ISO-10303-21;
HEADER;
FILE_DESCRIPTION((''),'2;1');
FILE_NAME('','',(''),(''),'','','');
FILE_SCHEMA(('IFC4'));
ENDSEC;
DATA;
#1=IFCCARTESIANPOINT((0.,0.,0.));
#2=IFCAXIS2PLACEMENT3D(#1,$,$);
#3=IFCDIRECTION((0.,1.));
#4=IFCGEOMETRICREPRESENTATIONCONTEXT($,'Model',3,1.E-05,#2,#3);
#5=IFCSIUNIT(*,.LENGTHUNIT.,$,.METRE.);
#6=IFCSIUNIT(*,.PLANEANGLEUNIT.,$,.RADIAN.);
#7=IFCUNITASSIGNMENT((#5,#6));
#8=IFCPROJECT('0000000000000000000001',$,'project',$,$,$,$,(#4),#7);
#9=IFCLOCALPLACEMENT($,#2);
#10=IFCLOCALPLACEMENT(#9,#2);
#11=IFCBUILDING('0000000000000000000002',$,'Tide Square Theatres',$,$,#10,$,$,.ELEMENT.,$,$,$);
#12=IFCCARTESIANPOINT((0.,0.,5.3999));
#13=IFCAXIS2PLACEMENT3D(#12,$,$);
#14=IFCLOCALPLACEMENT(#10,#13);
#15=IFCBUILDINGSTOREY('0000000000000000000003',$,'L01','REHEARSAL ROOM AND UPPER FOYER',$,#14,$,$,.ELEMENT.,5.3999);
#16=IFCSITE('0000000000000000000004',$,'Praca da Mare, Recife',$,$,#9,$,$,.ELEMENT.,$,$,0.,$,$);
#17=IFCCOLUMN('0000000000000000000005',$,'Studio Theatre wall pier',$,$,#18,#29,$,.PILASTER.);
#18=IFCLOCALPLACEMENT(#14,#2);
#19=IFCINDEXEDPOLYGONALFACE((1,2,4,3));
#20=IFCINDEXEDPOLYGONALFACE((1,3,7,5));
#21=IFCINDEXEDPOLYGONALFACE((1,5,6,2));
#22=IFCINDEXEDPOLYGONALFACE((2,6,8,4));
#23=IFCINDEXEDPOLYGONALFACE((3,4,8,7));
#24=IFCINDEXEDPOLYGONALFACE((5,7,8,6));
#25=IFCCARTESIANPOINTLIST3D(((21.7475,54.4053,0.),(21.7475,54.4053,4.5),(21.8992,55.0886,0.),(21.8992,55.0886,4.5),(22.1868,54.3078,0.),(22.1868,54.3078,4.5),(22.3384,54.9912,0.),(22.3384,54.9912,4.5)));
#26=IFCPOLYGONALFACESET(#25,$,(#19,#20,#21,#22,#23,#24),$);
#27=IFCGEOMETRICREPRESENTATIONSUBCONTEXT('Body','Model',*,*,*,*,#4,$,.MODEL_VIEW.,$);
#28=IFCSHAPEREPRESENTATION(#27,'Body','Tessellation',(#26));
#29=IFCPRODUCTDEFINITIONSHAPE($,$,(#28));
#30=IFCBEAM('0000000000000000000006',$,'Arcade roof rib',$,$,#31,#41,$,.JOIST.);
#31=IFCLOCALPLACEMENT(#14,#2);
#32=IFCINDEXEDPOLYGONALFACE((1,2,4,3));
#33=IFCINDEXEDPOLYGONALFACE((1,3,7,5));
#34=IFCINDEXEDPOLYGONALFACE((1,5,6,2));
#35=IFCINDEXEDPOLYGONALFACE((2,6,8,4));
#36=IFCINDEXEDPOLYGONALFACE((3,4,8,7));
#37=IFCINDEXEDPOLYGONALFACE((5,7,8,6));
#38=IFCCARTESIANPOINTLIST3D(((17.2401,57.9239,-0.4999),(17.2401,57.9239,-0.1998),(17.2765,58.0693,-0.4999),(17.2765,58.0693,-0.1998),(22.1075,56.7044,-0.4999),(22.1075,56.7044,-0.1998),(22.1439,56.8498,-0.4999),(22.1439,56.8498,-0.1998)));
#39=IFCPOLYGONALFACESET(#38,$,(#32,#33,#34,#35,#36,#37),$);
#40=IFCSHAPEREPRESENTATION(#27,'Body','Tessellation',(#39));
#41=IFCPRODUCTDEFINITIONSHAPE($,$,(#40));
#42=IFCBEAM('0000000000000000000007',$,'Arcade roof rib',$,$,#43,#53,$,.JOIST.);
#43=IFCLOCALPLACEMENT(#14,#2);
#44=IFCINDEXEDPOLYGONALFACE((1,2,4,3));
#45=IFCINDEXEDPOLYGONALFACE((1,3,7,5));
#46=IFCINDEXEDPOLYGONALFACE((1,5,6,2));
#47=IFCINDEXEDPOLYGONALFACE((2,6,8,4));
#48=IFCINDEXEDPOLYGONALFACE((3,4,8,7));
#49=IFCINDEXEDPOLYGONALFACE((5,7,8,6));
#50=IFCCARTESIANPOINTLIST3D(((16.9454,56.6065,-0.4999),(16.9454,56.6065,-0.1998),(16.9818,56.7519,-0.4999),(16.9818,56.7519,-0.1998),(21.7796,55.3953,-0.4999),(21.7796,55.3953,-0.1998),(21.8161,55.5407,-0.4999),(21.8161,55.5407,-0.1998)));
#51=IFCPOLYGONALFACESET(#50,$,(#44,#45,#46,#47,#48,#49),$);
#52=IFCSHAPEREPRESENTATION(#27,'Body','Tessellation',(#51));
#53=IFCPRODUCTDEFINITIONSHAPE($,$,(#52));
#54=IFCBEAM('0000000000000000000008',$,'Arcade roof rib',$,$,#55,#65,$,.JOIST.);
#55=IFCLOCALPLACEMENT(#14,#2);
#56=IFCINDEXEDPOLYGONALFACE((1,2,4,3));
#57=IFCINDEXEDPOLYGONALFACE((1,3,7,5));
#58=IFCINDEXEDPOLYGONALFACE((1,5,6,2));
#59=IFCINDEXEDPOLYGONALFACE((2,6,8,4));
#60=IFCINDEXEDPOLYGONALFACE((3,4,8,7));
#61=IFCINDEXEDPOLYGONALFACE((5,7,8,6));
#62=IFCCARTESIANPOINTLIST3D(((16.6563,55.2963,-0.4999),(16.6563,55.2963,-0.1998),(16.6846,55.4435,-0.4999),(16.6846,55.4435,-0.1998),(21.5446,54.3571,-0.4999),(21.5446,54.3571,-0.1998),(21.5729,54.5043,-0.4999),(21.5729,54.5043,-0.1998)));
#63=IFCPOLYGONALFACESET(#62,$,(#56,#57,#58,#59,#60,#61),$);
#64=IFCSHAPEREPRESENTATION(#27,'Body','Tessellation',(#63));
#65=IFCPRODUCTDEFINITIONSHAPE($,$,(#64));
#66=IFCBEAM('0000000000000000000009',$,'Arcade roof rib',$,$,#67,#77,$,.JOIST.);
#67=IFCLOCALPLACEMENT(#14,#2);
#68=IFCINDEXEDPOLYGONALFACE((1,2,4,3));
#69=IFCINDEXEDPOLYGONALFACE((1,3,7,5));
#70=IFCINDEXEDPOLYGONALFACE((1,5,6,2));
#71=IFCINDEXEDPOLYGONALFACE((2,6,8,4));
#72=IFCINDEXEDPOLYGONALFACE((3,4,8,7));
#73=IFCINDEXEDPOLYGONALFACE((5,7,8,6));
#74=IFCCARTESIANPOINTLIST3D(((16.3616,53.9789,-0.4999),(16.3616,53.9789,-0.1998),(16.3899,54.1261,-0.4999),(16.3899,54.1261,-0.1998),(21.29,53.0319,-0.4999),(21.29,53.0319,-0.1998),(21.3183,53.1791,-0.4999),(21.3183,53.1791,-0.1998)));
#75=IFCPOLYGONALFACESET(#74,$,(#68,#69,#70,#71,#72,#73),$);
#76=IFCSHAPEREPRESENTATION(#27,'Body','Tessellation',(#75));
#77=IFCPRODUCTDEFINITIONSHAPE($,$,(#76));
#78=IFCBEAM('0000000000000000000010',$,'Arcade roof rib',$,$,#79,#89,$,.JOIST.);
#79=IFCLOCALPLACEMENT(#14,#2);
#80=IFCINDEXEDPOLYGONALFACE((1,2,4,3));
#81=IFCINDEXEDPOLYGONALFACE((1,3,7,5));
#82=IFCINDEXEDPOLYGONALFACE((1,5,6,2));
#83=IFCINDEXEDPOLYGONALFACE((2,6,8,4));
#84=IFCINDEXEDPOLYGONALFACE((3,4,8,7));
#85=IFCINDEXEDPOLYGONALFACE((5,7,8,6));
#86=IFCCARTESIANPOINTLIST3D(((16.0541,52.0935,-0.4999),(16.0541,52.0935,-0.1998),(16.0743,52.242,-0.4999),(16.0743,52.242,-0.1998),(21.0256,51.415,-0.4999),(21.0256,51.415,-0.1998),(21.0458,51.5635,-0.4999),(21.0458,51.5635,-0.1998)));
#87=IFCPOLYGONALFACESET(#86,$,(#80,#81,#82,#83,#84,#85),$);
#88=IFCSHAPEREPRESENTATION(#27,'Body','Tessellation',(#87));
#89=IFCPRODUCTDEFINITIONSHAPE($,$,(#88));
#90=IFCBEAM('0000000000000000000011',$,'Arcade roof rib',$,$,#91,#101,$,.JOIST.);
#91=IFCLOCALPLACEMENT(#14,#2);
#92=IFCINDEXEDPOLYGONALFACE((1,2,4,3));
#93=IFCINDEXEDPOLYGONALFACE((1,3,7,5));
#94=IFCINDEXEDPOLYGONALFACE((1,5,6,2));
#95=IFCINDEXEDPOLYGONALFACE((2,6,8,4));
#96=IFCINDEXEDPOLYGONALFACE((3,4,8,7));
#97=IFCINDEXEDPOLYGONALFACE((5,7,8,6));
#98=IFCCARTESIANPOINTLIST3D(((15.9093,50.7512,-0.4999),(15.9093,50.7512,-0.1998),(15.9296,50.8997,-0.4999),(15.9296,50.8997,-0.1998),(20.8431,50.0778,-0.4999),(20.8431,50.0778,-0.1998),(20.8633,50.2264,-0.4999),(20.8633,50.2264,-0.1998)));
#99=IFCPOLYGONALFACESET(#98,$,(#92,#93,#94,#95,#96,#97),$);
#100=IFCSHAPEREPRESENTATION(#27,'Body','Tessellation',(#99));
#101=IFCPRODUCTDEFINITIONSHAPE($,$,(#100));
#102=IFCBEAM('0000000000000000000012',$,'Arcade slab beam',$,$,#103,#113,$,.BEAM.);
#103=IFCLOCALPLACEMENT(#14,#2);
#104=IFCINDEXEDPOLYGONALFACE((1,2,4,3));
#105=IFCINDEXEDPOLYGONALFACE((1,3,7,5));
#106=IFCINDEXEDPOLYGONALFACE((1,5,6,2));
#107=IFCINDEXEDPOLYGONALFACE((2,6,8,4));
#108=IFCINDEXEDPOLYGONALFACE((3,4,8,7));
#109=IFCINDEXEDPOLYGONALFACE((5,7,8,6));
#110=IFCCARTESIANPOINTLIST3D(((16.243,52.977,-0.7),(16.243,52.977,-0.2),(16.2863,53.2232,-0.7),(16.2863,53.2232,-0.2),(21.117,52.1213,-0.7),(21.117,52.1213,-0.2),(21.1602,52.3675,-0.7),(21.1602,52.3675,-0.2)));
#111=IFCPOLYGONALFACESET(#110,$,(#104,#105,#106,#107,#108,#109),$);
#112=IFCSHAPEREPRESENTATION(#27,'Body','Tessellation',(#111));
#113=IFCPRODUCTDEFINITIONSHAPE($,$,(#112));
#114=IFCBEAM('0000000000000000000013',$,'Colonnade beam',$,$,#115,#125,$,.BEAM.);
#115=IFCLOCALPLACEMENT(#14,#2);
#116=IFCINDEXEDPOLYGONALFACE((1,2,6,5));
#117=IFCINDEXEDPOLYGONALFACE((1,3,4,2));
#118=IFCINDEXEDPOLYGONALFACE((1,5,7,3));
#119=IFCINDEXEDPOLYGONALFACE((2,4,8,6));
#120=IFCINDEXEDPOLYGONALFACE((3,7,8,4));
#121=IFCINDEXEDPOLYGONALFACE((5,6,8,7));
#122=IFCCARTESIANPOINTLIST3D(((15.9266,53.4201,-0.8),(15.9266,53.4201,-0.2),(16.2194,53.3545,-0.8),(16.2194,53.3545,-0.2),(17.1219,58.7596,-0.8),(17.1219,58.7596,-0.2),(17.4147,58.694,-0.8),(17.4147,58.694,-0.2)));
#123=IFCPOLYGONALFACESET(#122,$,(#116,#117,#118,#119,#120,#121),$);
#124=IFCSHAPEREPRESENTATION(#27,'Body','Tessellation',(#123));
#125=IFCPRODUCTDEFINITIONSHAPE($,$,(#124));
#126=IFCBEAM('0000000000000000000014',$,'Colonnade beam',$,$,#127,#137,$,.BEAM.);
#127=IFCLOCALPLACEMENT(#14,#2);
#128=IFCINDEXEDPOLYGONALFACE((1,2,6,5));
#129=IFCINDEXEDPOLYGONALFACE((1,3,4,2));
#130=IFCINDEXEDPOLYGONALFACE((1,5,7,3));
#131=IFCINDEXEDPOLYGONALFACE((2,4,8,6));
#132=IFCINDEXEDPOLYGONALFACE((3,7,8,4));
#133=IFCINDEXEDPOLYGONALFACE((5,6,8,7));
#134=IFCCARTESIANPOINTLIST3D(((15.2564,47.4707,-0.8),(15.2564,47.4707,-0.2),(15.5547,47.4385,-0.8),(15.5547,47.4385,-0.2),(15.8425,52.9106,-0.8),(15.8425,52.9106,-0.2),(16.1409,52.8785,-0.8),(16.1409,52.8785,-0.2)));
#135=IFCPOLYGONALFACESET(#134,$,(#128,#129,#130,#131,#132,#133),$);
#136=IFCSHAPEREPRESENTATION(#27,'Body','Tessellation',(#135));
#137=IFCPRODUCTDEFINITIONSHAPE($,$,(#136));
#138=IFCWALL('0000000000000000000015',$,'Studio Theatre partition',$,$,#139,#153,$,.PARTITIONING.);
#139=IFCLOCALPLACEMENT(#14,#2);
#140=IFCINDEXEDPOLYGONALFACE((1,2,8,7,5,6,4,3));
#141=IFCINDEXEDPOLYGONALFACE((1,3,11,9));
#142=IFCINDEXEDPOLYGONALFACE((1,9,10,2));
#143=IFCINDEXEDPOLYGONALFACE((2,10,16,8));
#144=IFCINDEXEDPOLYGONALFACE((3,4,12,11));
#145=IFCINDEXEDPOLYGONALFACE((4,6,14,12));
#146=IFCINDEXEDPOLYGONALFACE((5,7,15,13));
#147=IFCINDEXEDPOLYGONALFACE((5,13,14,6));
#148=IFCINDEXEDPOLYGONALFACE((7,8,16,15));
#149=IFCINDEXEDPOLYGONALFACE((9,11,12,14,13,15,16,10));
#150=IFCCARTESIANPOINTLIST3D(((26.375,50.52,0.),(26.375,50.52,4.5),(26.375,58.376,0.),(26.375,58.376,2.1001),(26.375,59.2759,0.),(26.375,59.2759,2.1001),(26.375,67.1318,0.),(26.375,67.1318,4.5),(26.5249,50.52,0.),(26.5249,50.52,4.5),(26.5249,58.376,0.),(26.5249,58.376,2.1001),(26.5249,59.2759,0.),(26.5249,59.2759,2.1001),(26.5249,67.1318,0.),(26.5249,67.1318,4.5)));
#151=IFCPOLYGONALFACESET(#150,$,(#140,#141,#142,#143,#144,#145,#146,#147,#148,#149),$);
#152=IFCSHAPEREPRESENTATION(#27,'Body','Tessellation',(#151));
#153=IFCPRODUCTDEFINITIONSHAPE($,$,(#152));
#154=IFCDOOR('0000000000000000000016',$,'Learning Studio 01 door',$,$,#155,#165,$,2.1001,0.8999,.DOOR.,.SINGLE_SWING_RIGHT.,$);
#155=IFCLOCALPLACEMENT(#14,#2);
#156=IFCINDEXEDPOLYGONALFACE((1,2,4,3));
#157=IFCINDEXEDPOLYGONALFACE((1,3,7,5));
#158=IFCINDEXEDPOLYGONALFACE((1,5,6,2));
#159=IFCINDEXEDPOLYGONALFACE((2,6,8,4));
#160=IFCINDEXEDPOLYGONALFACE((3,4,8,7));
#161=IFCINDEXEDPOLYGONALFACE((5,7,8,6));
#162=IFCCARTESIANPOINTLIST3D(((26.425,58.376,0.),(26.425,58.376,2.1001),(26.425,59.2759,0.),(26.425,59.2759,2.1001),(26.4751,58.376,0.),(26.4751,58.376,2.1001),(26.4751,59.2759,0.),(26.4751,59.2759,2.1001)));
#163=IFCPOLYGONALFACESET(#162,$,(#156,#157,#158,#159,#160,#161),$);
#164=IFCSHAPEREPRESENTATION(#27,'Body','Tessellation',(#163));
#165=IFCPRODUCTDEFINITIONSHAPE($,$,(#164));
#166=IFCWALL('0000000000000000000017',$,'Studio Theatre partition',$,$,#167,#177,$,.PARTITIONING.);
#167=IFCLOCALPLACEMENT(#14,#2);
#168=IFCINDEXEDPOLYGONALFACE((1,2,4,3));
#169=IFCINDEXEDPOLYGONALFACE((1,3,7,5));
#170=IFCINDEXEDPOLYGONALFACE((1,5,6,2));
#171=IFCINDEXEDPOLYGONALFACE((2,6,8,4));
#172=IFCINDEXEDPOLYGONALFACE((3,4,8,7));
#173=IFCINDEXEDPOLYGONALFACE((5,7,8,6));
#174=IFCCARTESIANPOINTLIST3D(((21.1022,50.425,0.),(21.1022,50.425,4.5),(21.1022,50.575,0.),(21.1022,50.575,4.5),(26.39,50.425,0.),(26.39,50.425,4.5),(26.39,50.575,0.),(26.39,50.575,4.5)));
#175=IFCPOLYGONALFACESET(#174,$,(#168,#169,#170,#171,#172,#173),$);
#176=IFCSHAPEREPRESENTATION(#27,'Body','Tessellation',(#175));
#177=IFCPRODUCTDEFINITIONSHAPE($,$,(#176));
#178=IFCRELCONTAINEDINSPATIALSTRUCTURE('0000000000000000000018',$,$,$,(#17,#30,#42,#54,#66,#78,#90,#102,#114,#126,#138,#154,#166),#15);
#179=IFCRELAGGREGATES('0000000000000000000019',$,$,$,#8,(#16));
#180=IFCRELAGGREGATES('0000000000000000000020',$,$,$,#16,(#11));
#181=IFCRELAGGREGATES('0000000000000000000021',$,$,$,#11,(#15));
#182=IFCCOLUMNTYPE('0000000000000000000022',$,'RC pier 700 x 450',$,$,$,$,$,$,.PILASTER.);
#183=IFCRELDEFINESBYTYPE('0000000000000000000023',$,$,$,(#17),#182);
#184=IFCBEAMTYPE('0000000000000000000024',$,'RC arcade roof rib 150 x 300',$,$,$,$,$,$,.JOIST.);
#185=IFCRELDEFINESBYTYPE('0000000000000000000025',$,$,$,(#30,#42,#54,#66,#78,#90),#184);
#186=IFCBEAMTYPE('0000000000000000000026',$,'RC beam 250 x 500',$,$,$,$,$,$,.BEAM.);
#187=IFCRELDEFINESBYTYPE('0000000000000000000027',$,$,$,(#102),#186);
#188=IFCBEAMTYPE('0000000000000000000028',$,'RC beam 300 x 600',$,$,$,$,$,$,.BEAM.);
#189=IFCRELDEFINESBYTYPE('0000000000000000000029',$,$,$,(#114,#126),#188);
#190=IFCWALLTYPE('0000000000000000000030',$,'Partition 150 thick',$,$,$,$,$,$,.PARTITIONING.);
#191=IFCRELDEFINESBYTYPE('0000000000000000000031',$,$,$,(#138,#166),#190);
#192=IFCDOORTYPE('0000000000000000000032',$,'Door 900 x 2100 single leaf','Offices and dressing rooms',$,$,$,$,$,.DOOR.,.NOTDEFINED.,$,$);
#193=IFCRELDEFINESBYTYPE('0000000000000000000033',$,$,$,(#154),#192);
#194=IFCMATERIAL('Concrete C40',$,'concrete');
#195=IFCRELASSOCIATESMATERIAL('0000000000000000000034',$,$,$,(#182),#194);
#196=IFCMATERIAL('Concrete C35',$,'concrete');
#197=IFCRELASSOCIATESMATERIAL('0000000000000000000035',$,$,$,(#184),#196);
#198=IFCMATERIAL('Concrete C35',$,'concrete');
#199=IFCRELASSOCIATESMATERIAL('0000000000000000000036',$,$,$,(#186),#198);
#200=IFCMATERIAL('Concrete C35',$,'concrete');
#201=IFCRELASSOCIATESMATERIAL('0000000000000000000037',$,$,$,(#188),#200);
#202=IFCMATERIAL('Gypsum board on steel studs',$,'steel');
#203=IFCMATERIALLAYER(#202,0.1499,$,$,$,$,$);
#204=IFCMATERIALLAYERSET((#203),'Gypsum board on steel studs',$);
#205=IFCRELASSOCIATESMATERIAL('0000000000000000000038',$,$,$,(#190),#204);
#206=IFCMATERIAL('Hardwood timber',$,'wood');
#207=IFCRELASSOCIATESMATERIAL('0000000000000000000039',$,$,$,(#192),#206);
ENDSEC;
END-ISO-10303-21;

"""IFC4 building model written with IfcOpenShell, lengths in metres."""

from ifc_helpers import new_model, si_unit, direction, frame, frame_2d, origin, origin_2d, place, context, subcontext, project, spatial, rectangle, extrude, material, layer, layer_set, material_profile, profile_set, type_object, element, fill, save


model = new_model("IFC4")

# Units and contexts
model_context = context("Model", 3, precision=1e-05, world=origin(), true_north=direction((0.0, 1.0)))
body_context = subcontext(model_context, "Body", "Model", "MODEL_VIEW")
ifc_project = project(units=[si_unit("LENGTHUNIT", "METRE"), si_unit("PLANEANGLEUNIT", "RADIAN")], contexts=[model_context])

# Site, building, storey
site_placement = place(None, origin())
site = spatial("IfcSite", under=ifc_project, at=site_placement, Name="Praca da Mare, Recife", CompositionType="ELEMENT", RefElevation=0.0)
building_placement = place(site_placement, origin())
building = spatial("IfcBuilding", under=site, at=building_placement, Name="Tide Square Theatres", CompositionType="ELEMENT")
storey_placement = place(building_placement, frame((0.0, 0.0, 5.3999)))
storey = spatial("IfcBuildingStorey", under=building, at=storey_placement, Name="L01", Description="REHEARSAL ROOM AND UPPER FOYER", CompositionType="ELEMENT", Elevation=5.3999)

# Column
ifc_material_1 = material(Name="Concrete C40", Category="concrete")
ifc_material_profile_1 = material_profile(ifc_material_1, rectangle(XDim=0.7, YDim=0.45, at=origin_2d()))
ifc_profile_set_1 = profile_set([ifc_material_profile_1], Name="Concrete C40")
column_type = type_object("IfcColumnType", Name="RC pier 700 x 450", PredefinedType="PILASTER", material=ifc_profile_set_1)
column_placement = place(storey_placement, frame((22.043, 54.6982, 0.0), z_axis=(0.0, 0.0, 1.0), x_axis=(-0.216641, -0.976251, 0.0)))
element("IfcColumn", 1, at=column_placement, inside=storey, type_object=column_type, Name="Studio Theatre wall pier", PredefinedType="PILASTER", context=body_context, shape_type="SweptSolid", body=[
    extrude(rectangle(XDim=0.7, YDim=0.45, at=origin_2d()), origin(), (0.0, 0.0, 1.0), 4.5),
])

# Beams
ifc_material_2 = material(Name="Concrete C35", Category="concrete")
ifc_material_profile_2 = material_profile(ifc_material_2, rectangle(XDim=0.1499, YDim=0.3, at=origin_2d()))
ifc_profile_set_2 = profile_set([ifc_material_profile_2], Name="Concrete C35")
beam_type_1 = type_object("IfcBeamType", Name="RC arcade roof rib 150 x 300", PredefinedType="JOIST", material=ifc_profile_set_2)
beam_1_placement = place(storey_placement, frame((17.2583, 57.9966, -0.3499), z_axis=(0.970019, -0.243028, 0.0), x_axis=(0.243028, 0.970019, 0.0)))
element("IfcBeam", 2, at=beam_1_placement, inside=storey, type_object=beam_type_1, Name="Arcade roof rib", PredefinedType="JOIST", context=body_context, shape_type="SweptSolid", body=[
    extrude(rectangle(XDim=0.1499, YDim=0.3, at=origin_2d()), origin(), (0.0, 0.0, 1.0), 5.0178),
])
beam_2_placement = place(storey_placement, frame((16.9636, 56.6792, -0.3499), z_axis=(0.970018, -0.243031, 0.0), x_axis=(0.243031, 0.970018, 0.0)))
element("IfcBeam", 3, at=beam_2_placement, inside=storey, type_object=beam_type_1, Name="Arcade roof rib", PredefinedType="JOIST", context=body_context, shape_type="SweptSolid", body=[
    extrude(rectangle(XDim=0.1499, YDim=0.3, at=origin_2d()), origin(), (0.0, 0.0, 1.0), 4.9836),
])
beam_3_placement = place(storey_placement, frame((16.6704, 55.3699, -0.3499), z_axis=(0.982039, -0.188678, 0.0), x_axis=(0.188678, 0.982039, 0.0)))
element("IfcBeam", 4, at=beam_3_placement, inside=storey, type_object=beam_type_1, Name="Arcade roof rib", PredefinedType="JOIST", context=body_context, shape_type="SweptSolid", body=[
    extrude(rectangle(XDim=0.1499, YDim=0.3, at=origin_2d()), origin(), (0.0, 0.0, 1.0), 4.9778),
])
beam_4_placement = place(storey_placement, frame((16.3757, 54.0525, -0.3499), z_axis=(0.982035, -0.188701, 0.0), x_axis=(0.188701, 0.982035, 0.0)))
element("IfcBeam", 5, at=beam_4_placement, inside=storey, type_object=beam_type_1, Name="Arcade roof rib", PredefinedType="JOIST", context=body_context, shape_type="SweptSolid", body=[
    extrude(rectangle(XDim=0.1499, YDim=0.3, at=origin_2d()), origin(), (0.0, 0.0, 1.0), 5.0186),
])
beam_5_placement = place(storey_placement, frame((16.0642, 52.1677, -0.3499), z_axis=(0.990816, -0.13522, 0.0), x_axis=(0.13522, 0.990816, 0.0)))
element("IfcBeam", 6, at=beam_5_placement, inside=storey, type_object=beam_type_1, Name="Arcade roof rib", PredefinedType="JOIST", context=body_context, shape_type="SweptSolid", body=[
    extrude(rectangle(XDim=0.1499, YDim=0.3, at=origin_2d()), origin(), (0.0, 0.0, 1.0), 5.0176),
])
beam_6_placement = place(storey_placement, frame((15.9194, 50.8254, -0.3499), z_axis=(0.990816, -0.13522, 0.0), x_axis=(0.13522, 0.990816, 0.0)))
element("IfcBeam", 7, at=beam_6_placement, inside=storey, type_object=beam_type_1, Name="Arcade roof rib", PredefinedType="JOIST", context=body_context, shape_type="SweptSolid", body=[
    extrude(rectangle(XDim=0.1499, YDim=0.3, at=origin_2d()), origin(), (0.0, 0.0, 1.0), 4.9795),
])
ifc_material_3 = material(Name="Concrete C35", Category="concrete")
ifc_material_profile_3 = material_profile(ifc_material_3, rectangle(XDim=0.25, YDim=0.5, at=origin_2d()))
ifc_profile_set_3 = profile_set([ifc_material_profile_3], Name="Concrete C35")
beam_type_2 = type_object("IfcBeamType", Name="RC beam 250 x 500", PredefinedType="BEAM", material=ifc_profile_set_3)
beam_7_placement = place(storey_placement, frame((16.2646, 53.1001, -0.45), z_axis=(0.984936, -0.172921, 0.0), x_axis=(0.172921, 0.984936, 0.0)))
element("IfcBeam", 8, at=beam_7_placement, inside=storey, type_object=beam_type_2, Name="Arcade slab beam", PredefinedType="BEAM", context=body_context, shape_type="SweptSolid", body=[
    extrude(rectangle(XDim=0.25, YDim=0.5, at=origin_2d()), origin(), (0.0, 0.0, 1.0), 4.9485),
])
ifc_material_4 = material(Name="Concrete C35", Category="concrete")
ifc_material_profile_4 = material_profile(ifc_material_4, rectangle(XDim=0.3, YDim=0.6001, at=origin_2d()))
ifc_profile_set_4 = profile_set([ifc_material_profile_4], Name="Concrete C35")
beam_type_3 = type_object("IfcBeamType", Name="RC beam 300 x 600", PredefinedType="BEAM", material=ifc_profile_set_4)
beam_8_placement = place(storey_placement, frame((17.2683, 58.7268, -0.5), z_axis=(-0.218451, -0.975848, 0.0), x_axis=(0.975848, -0.218451, 0.0)))
element("IfcBeam", 9, at=beam_8_placement, inside=storey, type_object=beam_type_3, Name="Colonnade beam", PredefinedType="BEAM", context=body_context, shape_type="SweptSolid", body=[
    extrude(rectangle(XDim=0.3, YDim=0.6001, at=origin_2d()), origin(), (0.0, 0.0, 1.0), 5.4717),
])
beam_9_placement = place(storey_placement, frame((15.9917, 52.8945, -0.5), z_axis=(-0.107135, -0.994244, 0.0), x_axis=(0.994244, -0.107135, 0.0)))
element("IfcBeam", 10, at=beam_9_placement, inside=storey, type_object=beam_type_3, Name="Colonnade beam", PredefinedType="BEAM", context=body_context, shape_type="SweptSolid", body=[
    extrude(rectangle(XDim=0.3, YDim=0.6001, at=origin_2d()), origin(), (0.0, 0.0, 1.0), 5.4714),
])

# Wall, opening, door
ifc_material_5 = material(Name="Gypsum board on steel studs", Category="steel")
ifc_layer_1 = layer(ifc_material_5, 0.1499)
ifc_layer_set_1 = layer_set([ifc_layer_1], Name="Gypsum board on steel studs")
wall_type_1 = type_object("IfcWallType", Name="Partition 150 thick", PredefinedType="PARTITIONING", material=ifc_layer_set_1)
wall_1_placement = place(storey_placement, frame((26.45, 50.52, 0.0), z_axis=(0.0, 0.0, 1.0), x_axis=(0.0, 1.0, 0.0)))
wall_1 = element("IfcWall", 11, at=wall_1_placement, inside=storey, type_object=wall_type_1, Name="Studio Theatre partition", PredefinedType="PARTITIONING", context=body_context, shape_type="SweptSolid", body=[
    extrude(rectangle(XDim=16.6118, YDim=0.1499, at=frame_2d((8.3059, 0.0))), origin(), (0.0, 0.0, 1.0), 4.5),
])
opening_1_placement = place(wall_1_placement, frame((7.856, 0.0, 0.0)))
opening_1 = element("IfcOpeningElement", 12, at=opening_1_placement, cuts=wall_1, PredefinedType="OPENING", context=body_context, shape_type="SweptSolid", body=[
    extrude(rectangle(XDim=0.8999, YDim=2.1001, at=frame_2d((0.45, 1.05))), frame((0.0, 0.085, 0.0), z_axis=(0.0, -1.0, 0.0), x_axis=(1.0, 0.0, 0.0)), (0.0, 0.0, 1.0), 0.1699),
])
ifc_material_6 = material(Name="Hardwood timber", Category="wood")
door_type = type_object("IfcDoorType", Name="Door 900 x 2100 single leaf", Description="Offices and dressing rooms", OperationType="NOTDEFINED", PredefinedType="DOOR", material=ifc_material_6)
door_placement = place(opening_1_placement, origin())
door = element("IfcDoor", 13, at=door_placement, inside=storey, type_object=door_type, Name="Learning Studio 01 door", OperationType="SINGLE_SWING_RIGHT", OverallHeight=2.1001, OverallWidth=0.8999, PredefinedType="DOOR", context=body_context, shape_type="SweptSolid", body=[
    extrude(rectangle(XDim=0.8999, YDim=2.1001, at=frame_2d((0.45, 1.05))), frame((0.0, 0.0249, 0.0), z_axis=(0.0, -1.0, 0.0), x_axis=(1.0, 0.0, 0.0)), (0.0, 0.0, 1.0), 0.05),
])
fill(opening_1, door)

# Wall
wall_2_placement = place(storey_placement, frame((21.1021, 50.5, 0.0), z_axis=(0.0, 0.0, 1.0), x_axis=(1.0, 0.0, 0.0)))
element("IfcWall", 14, at=wall_2_placement, inside=storey, type_object=wall_type_1, Name="Studio Theatre partition", PredefinedType="PARTITIONING", context=body_context, shape_type="SweptSolid", body=[
    extrude(rectangle(XDim=5.2878, YDim=0.1499, at=frame_2d((2.644, 0.0))), origin(), (0.0, 0.0, 1.0), 4.5),
])

save(model, "model.ifc")
